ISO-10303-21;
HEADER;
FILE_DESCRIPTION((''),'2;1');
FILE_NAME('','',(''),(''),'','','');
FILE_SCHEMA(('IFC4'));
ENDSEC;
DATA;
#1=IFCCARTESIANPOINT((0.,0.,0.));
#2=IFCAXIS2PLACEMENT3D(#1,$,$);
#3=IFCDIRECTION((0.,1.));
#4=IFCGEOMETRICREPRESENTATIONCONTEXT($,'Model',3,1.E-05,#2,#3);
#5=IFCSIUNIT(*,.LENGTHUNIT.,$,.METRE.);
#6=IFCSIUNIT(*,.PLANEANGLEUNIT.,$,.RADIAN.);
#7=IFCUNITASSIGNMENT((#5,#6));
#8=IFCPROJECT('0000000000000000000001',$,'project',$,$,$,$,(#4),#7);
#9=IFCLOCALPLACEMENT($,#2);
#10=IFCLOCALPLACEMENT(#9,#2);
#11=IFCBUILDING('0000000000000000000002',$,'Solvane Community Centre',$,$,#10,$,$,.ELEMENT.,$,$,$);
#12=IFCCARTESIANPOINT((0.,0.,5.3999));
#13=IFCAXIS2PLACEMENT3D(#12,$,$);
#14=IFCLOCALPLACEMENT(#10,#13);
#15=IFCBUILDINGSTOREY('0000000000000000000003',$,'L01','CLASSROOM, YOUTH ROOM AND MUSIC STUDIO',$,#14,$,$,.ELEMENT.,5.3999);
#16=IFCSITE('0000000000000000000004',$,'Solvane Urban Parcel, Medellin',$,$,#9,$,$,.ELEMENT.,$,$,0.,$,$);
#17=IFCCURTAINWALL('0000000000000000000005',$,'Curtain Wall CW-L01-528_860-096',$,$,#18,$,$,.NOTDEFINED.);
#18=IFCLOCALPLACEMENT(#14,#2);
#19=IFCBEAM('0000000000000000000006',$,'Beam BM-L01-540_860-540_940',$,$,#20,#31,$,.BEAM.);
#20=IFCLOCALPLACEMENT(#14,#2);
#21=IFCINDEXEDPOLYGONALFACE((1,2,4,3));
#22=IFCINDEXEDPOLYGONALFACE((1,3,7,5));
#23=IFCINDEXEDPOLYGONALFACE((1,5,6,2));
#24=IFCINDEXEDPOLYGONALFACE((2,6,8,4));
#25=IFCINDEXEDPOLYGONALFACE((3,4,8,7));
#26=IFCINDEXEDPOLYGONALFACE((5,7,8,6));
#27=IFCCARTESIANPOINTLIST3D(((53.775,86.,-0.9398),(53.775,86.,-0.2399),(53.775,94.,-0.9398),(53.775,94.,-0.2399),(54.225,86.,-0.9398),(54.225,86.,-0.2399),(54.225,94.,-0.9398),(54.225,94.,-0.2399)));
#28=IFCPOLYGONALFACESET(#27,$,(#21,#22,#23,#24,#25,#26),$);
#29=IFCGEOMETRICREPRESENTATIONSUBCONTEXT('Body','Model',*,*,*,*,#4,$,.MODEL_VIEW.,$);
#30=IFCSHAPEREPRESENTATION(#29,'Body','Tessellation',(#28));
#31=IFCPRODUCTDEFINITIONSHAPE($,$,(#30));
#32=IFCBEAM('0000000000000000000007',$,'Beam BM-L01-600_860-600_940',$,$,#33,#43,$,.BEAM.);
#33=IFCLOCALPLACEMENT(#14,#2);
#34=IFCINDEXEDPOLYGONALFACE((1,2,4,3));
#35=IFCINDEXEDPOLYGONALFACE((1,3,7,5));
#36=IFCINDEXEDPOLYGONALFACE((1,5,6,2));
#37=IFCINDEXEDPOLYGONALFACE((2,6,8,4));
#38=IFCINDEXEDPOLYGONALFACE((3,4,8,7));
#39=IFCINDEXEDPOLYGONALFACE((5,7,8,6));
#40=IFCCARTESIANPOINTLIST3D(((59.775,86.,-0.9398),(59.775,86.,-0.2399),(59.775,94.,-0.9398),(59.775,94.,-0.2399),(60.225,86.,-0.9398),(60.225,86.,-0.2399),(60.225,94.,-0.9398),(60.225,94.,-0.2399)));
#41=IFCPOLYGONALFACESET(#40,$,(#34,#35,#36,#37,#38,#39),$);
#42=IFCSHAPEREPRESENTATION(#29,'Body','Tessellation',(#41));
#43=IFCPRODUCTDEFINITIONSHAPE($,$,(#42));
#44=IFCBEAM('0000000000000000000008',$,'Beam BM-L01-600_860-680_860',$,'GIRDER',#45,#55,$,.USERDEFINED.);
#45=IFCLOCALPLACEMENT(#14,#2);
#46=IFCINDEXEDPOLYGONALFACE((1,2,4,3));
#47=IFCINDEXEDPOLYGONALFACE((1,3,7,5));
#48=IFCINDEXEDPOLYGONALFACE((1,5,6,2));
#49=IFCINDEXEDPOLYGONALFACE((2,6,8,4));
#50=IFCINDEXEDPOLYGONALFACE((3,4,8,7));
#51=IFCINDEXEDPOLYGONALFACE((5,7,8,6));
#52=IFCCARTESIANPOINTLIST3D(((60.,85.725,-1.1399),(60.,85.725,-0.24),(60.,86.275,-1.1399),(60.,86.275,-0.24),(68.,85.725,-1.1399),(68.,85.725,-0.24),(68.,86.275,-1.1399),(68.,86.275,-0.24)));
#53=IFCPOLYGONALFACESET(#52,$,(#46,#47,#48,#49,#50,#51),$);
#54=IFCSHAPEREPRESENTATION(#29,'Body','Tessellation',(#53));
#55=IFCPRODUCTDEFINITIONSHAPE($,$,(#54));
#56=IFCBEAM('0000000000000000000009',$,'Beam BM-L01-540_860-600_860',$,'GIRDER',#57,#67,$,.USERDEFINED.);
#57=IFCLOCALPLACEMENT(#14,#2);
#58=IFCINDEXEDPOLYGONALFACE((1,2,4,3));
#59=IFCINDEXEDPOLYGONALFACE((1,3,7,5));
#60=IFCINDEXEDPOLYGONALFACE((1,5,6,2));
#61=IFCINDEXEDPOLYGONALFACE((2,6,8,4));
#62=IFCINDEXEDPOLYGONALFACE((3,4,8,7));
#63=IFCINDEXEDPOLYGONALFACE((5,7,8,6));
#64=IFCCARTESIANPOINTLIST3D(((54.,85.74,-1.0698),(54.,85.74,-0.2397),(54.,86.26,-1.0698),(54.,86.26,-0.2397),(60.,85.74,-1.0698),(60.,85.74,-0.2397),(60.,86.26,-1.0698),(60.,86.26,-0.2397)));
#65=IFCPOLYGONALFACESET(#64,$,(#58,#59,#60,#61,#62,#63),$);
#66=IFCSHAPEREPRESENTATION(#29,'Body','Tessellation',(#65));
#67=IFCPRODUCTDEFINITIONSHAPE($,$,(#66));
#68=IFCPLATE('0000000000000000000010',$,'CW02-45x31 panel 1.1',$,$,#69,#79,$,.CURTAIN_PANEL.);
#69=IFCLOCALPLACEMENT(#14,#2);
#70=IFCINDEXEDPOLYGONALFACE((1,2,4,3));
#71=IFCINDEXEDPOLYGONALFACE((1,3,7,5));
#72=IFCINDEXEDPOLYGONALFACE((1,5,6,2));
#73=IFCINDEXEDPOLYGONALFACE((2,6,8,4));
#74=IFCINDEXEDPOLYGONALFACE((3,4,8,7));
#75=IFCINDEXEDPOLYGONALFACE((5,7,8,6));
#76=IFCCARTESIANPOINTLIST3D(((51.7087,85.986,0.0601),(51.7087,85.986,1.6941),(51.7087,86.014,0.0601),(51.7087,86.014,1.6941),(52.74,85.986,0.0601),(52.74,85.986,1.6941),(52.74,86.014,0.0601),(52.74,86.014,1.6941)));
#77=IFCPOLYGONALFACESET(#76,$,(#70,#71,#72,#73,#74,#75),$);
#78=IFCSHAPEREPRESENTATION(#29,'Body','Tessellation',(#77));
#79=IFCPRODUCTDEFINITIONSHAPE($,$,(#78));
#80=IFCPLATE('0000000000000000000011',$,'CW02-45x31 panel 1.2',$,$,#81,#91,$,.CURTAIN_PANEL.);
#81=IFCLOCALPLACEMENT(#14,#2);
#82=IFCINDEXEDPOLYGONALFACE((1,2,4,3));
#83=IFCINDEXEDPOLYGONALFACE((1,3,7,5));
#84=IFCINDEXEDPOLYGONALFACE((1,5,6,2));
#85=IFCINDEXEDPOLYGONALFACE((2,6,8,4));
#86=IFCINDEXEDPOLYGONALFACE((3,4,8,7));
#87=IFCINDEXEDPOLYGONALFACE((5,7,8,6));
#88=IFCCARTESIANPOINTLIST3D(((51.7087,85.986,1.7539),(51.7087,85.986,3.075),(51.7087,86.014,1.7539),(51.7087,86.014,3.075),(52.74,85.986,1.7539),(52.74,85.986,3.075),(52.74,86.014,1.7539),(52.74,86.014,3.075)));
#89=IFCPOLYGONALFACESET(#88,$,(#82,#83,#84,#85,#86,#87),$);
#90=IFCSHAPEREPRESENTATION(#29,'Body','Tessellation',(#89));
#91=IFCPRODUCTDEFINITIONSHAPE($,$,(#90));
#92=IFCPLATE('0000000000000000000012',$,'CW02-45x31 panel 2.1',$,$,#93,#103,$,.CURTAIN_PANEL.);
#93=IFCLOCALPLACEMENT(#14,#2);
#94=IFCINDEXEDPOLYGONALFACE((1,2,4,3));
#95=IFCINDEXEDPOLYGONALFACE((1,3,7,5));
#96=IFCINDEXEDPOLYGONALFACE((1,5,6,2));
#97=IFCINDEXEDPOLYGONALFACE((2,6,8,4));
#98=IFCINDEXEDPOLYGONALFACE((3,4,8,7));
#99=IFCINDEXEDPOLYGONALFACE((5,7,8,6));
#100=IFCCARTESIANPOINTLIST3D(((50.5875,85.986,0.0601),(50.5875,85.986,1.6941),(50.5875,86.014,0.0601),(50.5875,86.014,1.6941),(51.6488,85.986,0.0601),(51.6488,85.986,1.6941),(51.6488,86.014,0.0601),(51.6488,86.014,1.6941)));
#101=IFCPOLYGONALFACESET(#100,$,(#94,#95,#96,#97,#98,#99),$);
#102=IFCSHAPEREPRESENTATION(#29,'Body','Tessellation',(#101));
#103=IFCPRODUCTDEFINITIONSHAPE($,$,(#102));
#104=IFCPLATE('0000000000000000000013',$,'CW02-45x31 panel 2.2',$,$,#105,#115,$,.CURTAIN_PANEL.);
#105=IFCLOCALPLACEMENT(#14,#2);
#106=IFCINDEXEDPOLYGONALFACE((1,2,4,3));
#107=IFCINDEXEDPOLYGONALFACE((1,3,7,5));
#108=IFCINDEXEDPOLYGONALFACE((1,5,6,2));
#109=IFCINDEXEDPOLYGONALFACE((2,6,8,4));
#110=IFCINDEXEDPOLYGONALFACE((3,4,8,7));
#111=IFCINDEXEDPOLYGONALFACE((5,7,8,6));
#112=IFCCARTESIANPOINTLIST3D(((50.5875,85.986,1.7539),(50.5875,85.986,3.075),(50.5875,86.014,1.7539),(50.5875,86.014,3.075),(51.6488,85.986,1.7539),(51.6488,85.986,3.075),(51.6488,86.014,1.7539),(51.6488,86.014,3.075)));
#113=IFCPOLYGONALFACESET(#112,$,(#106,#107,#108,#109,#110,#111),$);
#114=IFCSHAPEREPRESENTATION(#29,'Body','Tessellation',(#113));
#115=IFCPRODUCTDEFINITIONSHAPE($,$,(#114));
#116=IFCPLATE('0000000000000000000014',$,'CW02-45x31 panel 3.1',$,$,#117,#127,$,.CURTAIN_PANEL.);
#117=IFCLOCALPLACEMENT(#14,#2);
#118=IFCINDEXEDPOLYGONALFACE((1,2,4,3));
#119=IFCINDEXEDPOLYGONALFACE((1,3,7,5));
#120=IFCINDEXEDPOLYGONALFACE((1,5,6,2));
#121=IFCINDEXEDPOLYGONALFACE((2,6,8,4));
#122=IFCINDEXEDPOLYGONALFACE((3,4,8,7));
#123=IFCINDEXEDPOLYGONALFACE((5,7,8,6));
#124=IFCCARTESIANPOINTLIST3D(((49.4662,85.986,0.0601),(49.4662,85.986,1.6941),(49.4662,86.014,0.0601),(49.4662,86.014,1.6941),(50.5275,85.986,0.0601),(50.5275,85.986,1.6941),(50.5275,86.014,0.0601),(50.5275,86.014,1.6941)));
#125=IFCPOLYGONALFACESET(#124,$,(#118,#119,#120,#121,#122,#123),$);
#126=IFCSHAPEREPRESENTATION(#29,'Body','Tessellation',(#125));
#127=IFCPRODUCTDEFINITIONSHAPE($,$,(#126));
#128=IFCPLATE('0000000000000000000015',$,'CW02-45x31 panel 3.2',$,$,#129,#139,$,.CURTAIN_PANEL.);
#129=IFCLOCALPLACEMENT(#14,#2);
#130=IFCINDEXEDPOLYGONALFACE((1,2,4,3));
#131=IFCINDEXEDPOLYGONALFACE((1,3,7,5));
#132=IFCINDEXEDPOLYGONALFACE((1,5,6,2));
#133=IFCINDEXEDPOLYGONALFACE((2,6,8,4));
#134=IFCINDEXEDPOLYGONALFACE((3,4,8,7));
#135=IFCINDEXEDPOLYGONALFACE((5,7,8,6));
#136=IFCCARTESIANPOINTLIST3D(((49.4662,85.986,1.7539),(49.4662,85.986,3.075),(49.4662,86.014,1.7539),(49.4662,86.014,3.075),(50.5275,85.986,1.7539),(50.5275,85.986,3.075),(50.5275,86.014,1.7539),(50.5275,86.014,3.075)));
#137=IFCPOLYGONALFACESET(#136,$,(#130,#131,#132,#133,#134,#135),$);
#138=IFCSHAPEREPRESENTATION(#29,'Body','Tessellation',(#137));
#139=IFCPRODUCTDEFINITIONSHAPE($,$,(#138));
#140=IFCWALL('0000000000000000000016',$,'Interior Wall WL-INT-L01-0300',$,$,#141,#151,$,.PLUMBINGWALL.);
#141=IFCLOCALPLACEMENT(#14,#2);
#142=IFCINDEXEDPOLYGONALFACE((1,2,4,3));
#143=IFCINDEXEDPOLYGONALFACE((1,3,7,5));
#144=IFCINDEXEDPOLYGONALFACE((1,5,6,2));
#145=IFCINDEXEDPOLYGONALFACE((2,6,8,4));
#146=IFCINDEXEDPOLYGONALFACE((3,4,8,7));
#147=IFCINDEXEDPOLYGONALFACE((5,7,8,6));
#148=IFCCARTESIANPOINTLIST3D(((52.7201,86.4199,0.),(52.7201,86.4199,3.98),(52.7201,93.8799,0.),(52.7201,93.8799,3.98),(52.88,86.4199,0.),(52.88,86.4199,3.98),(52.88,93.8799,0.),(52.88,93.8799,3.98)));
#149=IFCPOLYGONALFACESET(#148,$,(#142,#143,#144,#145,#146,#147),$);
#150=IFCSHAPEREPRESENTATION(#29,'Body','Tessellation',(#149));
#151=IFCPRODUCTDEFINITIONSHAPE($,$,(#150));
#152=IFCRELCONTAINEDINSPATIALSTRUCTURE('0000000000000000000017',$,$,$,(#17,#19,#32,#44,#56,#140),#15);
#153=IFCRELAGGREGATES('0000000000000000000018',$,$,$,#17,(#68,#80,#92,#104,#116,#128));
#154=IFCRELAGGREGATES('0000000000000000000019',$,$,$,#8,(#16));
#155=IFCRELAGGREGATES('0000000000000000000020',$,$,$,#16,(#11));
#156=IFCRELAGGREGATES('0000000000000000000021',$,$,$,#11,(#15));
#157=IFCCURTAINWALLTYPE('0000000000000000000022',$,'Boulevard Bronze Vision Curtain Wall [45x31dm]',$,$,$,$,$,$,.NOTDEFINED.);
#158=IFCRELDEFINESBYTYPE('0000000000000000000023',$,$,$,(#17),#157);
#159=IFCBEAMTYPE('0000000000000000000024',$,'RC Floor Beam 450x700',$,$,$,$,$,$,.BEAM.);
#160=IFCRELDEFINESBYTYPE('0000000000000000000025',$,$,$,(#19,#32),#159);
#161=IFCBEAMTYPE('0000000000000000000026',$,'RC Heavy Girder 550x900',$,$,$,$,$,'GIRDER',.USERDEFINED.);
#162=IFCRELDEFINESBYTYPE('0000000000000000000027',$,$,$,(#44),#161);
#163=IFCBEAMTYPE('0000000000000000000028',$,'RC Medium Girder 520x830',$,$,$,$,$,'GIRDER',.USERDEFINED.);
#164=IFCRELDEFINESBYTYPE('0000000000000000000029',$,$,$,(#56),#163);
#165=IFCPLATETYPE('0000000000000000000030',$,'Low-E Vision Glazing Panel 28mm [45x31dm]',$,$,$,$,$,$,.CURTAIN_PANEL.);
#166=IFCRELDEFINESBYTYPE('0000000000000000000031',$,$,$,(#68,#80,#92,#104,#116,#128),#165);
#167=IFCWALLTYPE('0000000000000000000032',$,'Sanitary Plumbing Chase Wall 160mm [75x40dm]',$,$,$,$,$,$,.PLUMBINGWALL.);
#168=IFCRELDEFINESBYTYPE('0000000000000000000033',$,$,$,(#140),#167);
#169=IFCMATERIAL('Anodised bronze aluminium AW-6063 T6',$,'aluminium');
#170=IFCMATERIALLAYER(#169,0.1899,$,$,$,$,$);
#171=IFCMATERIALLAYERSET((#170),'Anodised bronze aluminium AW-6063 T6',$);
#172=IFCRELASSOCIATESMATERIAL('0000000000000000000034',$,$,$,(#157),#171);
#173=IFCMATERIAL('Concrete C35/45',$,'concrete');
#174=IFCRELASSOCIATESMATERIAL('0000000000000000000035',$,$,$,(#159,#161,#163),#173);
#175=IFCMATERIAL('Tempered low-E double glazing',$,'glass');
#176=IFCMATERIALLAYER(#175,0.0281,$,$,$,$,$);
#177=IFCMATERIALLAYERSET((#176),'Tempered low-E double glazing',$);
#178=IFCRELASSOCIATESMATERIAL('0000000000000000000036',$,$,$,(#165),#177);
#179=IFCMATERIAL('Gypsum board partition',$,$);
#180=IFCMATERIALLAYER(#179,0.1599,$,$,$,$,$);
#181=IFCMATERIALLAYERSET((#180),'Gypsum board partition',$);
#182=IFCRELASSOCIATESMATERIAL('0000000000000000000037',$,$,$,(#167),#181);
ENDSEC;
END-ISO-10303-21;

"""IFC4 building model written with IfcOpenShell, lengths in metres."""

from ifc_helpers import new_model, si_unit, direction, frame, frame_2d, origin, origin_2d, place, context, subcontext, project, spatial, rectangle, extrude, material, layer, layer_set, material_profile, profile_set, type_object, element, aggregate, save


model = new_model("IFC4")

# Units and contexts
model_context = context("Model", 3, precision=1e-05, world=origin(), true_north=direction((0.0, 1.0)))
body_context = subcontext(model_context, "Body", "Model", "MODEL_VIEW")
ifc_project = project(units=[si_unit("LENGTHUNIT", "METRE"), si_unit("PLANEANGLEUNIT", "RADIAN")], contexts=[model_context])

# Site, building, storey
site_placement = place(None, origin())
site = spatial("IfcSite", under=ifc_project, at=site_placement, Name="Solvane Urban Parcel, Medellin", CompositionType="ELEMENT", RefElevation=0.0)
building_placement = place(site_placement, origin())
building = spatial("IfcBuilding", under=site, at=building_placement, Name="Solvane Community Centre", CompositionType="ELEMENT")
storey_placement = place(building_placement, frame((0.0, 0.0, 5.3999)))
storey = spatial("IfcBuildingStorey", under=building, at=storey_placement, Name="L01", Description="CLASSROOM, YOUTH ROOM AND MUSIC STUDIO", CompositionType="ELEMENT", Elevation=5.3999)

# Shared definitions
ifc_material_1 = material(Name="Concrete C35/45", Category="concrete")

# Curtain wall
ifc_material_2 = material(Name="Anodised bronze aluminium AW-6063 T6", Category="aluminium")
ifc_layer_1 = layer(ifc_material_2, 0.1899)
ifc_layer_set_1 = layer_set([ifc_layer_1], Name="Anodised bronze aluminium AW-6063 T6")
curtain_wall_type = type_object("IfcCurtainWallType", Name="Boulevard Bronze Vision Curtain Wall [45x31dm]", PredefinedType="NOTDEFINED", material=ifc_layer_set_1)
curtain_wall_placement = place(storey_placement, origin())
curtain_wall = element("IfcCurtainWall", 1, at=curtain_wall_placement, inside=storey, type_object=curtain_wall_type, Name="Curtain Wall CW-L01-528_860-096", PredefinedType="NOTDEFINED")

# Beams
ifc_material_profile_1 = material_profile(ifc_material_1, rectangle(XDim=0.45, YDim=0.7, at=origin_2d()), Name="RC 450x700")
ifc_profile_set_1 = profile_set([ifc_material_profile_1], Name="Concrete C35/45")
beam_type_1 = type_object("IfcBeamType", Name="RC Floor Beam 450x700", PredefinedType="BEAM", material=ifc_profile_set_1)
for number, where, z_axis, x_axis, name in (
    (2, (54.0, 86.0, -0.5898), (0.0, 1.0, 0.0), (-1.0, 0.0, 0.0), "Beam BM-L01-540_860-540_940"),
    (3, (60.0, 86.0, -0.5898), (0.0, 1.0, 0.0), (-1.0, 0.0, 0.0), "Beam BM-L01-600_860-600_940"),
):
    element("IfcBeam", number, at=place(storey_placement, frame(where, z_axis=z_axis, x_axis=x_axis)), inside=storey, type_object=beam_type_1, Name=name, PredefinedType="BEAM", context=body_context, shape_type="SweptSolid", body=[
        extrude(rectangle(XDim=0.45, YDim=0.7, at=origin_2d()), origin(), (0.0, 0.0, 1.0), 8.0),
    ])
ifc_material_profile_2 = material_profile(ifc_material_1, rectangle(XDim=0.55, YDim=0.8999, at=origin_2d()), Name="RC 550x900")
ifc_profile_set_2 = profile_set([ifc_material_profile_2], Name="Concrete C35/45")
beam_type_2 = type_object("IfcBeamType", Name="RC Heavy Girder 550x900", ElementType="GIRDER", PredefinedType="USERDEFINED", material=ifc_profile_set_2)
beam_1_placement = place(storey_placement, frame((60.0, 86.0, -0.6899), z_axis=(1.0, 0.0, 0.0), x_axis=(0.0, 1.0, 0.0)))
element("IfcBeam", 4, at=beam_1_placement, inside=storey, type_object=beam_type_2, Name="Beam BM-L01-600_860-680_860", ObjectType="GIRDER", PredefinedType="USERDEFINED", context=body_context, shape_type="SweptSolid", body=[
    extrude(rectangle(XDim=0.55, YDim=0.8999, at=origin_2d()), origin(), (0.0, 0.0, 1.0), 8.0),
])
ifc_material_profile_3 = material_profile(ifc_material_1, rectangle(XDim=0.52, YDim=0.8301, at=origin_2d()), Name="RC 520x830")
ifc_profile_set_3 = profile_set([ifc_material_profile_3], Name="Concrete C35/45")
beam_type_3 = type_object("IfcBeamType", Name="RC Medium Girder 520x830", ElementType="GIRDER", PredefinedType="USERDEFINED", material=ifc_profile_set_3)
beam_2_placement = place(storey_placement, frame((54.0, 86.0, -0.6548), z_axis=(1.0, 0.0, 0.0), x_axis=(0.0, 1.0, 0.0)))
element("IfcBeam", 5, at=beam_2_placement, inside=storey, type_object=beam_type_3, Name="Beam BM-L01-540_860-600_860", ObjectType="GIRDER", PredefinedType="USERDEFINED", context=body_context, shape_type="SweptSolid", body=[
    extrude(rectangle(XDim=0.52, YDim=0.8301, at=origin_2d()), origin(), (0.0, 0.0, 1.0), 6.0),
])

# Plates
ifc_material_3 = material(Name="Tempered low-E double glazing", Category="glass")
ifc_layer_2 = layer(ifc_material_3, 0.0281)
ifc_layer_set_2 = layer_set([ifc_layer_2], Name="Tempered low-E double glazing")
plate_type = type_object("IfcPlateType", Name="Low-E Vision Glazing Panel 28mm [45x31dm]", PredefinedType="CURTAIN_PANEL", material=ifc_layer_set_2)
plate_1_placement = place(storey_placement, frame((52.2244, 86.0, 0.0601), z_axis=(0.0, 0.0, 1.0), x_axis=(-1.0, 0.0, 0.0)))
plate_1 = element("IfcPlate", 6, at=plate_1_placement, type_object=plate_type, Name="CW02-45x31 panel 1.1", PredefinedType="CURTAIN_PANEL", context=body_context, shape_type="SweptSolid", body=[
    extrude(rectangle(XDim=1.0312, YDim=0.0281, at=origin_2d()), origin(), (0.0, 0.0, 1.0), 1.634),
])
plate_2_placement = place(storey_placement, frame((52.2244, 86.0, 1.7539), z_axis=(0.0, 0.0, 1.0), x_axis=(-1.0, 0.0, 0.0)))
plate_2 = element("IfcPlate", 7, at=plate_2_placement, type_object=plate_type, Name="CW02-45x31 panel 1.2", PredefinedType="CURTAIN_PANEL", context=body_context, shape_type="SweptSolid", body=[
    extrude(rectangle(XDim=1.0312, YDim=0.0281, at=origin_2d()), origin(), (0.0, 0.0, 1.0), 1.321),
])
plate_3_placement = place(storey_placement, frame((51.1182, 86.0, 0.0601), z_axis=(0.0, 0.0, 1.0), x_axis=(-1.0, 0.0, 0.0)))
plate_3 = element("IfcPlate", 8, at=plate_3_placement, type_object=plate_type, Name="CW02-45x31 panel 2.1", PredefinedType="CURTAIN_PANEL", context=body_context, shape_type="SweptSolid", body=[
    extrude(rectangle(XDim=1.0613, YDim=0.0281, at=origin_2d()), origin(), (0.0, 0.0, 1.0), 1.634),
])
plate_4_placement = place(storey_placement, frame((51.1182, 86.0, 1.7539), z_axis=(0.0, 0.0, 1.0), x_axis=(-1.0, 0.0, 0.0)))
plate_4 = element("IfcPlate", 9, at=plate_4_placement, type_object=plate_type, Name="CW02-45x31 panel 2.2", PredefinedType="CURTAIN_PANEL", context=body_context, shape_type="SweptSolid", body=[
    extrude(rectangle(XDim=1.0613, YDim=0.0281, at=origin_2d()), origin(), (0.0, 0.0, 1.0), 1.321),
])
plate_5_placement = place(storey_placement, frame((49.9968, 86.0, 0.0601), z_axis=(0.0, 0.0, 1.0), x_axis=(-1.0, 0.0, 0.0)))
plate_5 = element("IfcPlate", 10, at=plate_5_placement, type_object=plate_type, Name="CW02-45x31 panel 3.1", PredefinedType="CURTAIN_PANEL", context=body_context, shape_type="SweptSolid", body=[
    extrude(rectangle(XDim=1.0613, YDim=0.0281, at=origin_2d()), origin(), (0.0, 0.0, 1.0), 1.634),
])
plate_6_placement = place(storey_placement, frame((49.9968, 86.0, 1.7539), z_axis=(0.0, 0.0, 1.0), x_axis=(-1.0, 0.0, 0.0)))
plate_6 = element("IfcPlate", 11, at=plate_6_placement, type_object=plate_type, Name="CW02-45x31 panel 3.2", PredefinedType="CURTAIN_PANEL", context=body_context, shape_type="SweptSolid", body=[
    extrude(rectangle(XDim=1.0613, YDim=0.0281, at=origin_2d()), origin(), (0.0, 0.0, 1.0), 1.321),
])
aggregate(curtain_wall, [plate_1, plate_2, plate_3, plate_4, plate_5, plate_6])

# Wall
ifc_material_4 = material(Name="Gypsum board partition")
ifc_layer_3 = layer(ifc_material_4, 0.1599)
ifc_layer_set_3 = layer_set([ifc_layer_3], Name="Gypsum board partition")
wall_type = type_object("IfcWallType", Name="Sanitary Plumbing Chase Wall 160mm [75x40dm]", PredefinedType="PLUMBINGWALL", material=ifc_layer_set_3)
wall_placement = place(storey_placement, frame((52.8, 86.4199, 0.0), z_axis=(0.0, 0.0, 1.0), x_axis=(0.0, 1.0, 0.0)))
element("IfcWall", 12, at=wall_placement, inside=storey, type_object=wall_type, Name="Interior Wall WL-INT-L01-0300", PredefinedType="PLUMBINGWALL", context=body_context, shape_type="SweptSolid", body=[
    extrude(rectangle(XDim=7.46, YDim=0.1599, at=frame_2d((3.73, 0.0))), origin(), (0.0, 0.0, 1.0), 3.98),
])

save(model, "model.ifc")
